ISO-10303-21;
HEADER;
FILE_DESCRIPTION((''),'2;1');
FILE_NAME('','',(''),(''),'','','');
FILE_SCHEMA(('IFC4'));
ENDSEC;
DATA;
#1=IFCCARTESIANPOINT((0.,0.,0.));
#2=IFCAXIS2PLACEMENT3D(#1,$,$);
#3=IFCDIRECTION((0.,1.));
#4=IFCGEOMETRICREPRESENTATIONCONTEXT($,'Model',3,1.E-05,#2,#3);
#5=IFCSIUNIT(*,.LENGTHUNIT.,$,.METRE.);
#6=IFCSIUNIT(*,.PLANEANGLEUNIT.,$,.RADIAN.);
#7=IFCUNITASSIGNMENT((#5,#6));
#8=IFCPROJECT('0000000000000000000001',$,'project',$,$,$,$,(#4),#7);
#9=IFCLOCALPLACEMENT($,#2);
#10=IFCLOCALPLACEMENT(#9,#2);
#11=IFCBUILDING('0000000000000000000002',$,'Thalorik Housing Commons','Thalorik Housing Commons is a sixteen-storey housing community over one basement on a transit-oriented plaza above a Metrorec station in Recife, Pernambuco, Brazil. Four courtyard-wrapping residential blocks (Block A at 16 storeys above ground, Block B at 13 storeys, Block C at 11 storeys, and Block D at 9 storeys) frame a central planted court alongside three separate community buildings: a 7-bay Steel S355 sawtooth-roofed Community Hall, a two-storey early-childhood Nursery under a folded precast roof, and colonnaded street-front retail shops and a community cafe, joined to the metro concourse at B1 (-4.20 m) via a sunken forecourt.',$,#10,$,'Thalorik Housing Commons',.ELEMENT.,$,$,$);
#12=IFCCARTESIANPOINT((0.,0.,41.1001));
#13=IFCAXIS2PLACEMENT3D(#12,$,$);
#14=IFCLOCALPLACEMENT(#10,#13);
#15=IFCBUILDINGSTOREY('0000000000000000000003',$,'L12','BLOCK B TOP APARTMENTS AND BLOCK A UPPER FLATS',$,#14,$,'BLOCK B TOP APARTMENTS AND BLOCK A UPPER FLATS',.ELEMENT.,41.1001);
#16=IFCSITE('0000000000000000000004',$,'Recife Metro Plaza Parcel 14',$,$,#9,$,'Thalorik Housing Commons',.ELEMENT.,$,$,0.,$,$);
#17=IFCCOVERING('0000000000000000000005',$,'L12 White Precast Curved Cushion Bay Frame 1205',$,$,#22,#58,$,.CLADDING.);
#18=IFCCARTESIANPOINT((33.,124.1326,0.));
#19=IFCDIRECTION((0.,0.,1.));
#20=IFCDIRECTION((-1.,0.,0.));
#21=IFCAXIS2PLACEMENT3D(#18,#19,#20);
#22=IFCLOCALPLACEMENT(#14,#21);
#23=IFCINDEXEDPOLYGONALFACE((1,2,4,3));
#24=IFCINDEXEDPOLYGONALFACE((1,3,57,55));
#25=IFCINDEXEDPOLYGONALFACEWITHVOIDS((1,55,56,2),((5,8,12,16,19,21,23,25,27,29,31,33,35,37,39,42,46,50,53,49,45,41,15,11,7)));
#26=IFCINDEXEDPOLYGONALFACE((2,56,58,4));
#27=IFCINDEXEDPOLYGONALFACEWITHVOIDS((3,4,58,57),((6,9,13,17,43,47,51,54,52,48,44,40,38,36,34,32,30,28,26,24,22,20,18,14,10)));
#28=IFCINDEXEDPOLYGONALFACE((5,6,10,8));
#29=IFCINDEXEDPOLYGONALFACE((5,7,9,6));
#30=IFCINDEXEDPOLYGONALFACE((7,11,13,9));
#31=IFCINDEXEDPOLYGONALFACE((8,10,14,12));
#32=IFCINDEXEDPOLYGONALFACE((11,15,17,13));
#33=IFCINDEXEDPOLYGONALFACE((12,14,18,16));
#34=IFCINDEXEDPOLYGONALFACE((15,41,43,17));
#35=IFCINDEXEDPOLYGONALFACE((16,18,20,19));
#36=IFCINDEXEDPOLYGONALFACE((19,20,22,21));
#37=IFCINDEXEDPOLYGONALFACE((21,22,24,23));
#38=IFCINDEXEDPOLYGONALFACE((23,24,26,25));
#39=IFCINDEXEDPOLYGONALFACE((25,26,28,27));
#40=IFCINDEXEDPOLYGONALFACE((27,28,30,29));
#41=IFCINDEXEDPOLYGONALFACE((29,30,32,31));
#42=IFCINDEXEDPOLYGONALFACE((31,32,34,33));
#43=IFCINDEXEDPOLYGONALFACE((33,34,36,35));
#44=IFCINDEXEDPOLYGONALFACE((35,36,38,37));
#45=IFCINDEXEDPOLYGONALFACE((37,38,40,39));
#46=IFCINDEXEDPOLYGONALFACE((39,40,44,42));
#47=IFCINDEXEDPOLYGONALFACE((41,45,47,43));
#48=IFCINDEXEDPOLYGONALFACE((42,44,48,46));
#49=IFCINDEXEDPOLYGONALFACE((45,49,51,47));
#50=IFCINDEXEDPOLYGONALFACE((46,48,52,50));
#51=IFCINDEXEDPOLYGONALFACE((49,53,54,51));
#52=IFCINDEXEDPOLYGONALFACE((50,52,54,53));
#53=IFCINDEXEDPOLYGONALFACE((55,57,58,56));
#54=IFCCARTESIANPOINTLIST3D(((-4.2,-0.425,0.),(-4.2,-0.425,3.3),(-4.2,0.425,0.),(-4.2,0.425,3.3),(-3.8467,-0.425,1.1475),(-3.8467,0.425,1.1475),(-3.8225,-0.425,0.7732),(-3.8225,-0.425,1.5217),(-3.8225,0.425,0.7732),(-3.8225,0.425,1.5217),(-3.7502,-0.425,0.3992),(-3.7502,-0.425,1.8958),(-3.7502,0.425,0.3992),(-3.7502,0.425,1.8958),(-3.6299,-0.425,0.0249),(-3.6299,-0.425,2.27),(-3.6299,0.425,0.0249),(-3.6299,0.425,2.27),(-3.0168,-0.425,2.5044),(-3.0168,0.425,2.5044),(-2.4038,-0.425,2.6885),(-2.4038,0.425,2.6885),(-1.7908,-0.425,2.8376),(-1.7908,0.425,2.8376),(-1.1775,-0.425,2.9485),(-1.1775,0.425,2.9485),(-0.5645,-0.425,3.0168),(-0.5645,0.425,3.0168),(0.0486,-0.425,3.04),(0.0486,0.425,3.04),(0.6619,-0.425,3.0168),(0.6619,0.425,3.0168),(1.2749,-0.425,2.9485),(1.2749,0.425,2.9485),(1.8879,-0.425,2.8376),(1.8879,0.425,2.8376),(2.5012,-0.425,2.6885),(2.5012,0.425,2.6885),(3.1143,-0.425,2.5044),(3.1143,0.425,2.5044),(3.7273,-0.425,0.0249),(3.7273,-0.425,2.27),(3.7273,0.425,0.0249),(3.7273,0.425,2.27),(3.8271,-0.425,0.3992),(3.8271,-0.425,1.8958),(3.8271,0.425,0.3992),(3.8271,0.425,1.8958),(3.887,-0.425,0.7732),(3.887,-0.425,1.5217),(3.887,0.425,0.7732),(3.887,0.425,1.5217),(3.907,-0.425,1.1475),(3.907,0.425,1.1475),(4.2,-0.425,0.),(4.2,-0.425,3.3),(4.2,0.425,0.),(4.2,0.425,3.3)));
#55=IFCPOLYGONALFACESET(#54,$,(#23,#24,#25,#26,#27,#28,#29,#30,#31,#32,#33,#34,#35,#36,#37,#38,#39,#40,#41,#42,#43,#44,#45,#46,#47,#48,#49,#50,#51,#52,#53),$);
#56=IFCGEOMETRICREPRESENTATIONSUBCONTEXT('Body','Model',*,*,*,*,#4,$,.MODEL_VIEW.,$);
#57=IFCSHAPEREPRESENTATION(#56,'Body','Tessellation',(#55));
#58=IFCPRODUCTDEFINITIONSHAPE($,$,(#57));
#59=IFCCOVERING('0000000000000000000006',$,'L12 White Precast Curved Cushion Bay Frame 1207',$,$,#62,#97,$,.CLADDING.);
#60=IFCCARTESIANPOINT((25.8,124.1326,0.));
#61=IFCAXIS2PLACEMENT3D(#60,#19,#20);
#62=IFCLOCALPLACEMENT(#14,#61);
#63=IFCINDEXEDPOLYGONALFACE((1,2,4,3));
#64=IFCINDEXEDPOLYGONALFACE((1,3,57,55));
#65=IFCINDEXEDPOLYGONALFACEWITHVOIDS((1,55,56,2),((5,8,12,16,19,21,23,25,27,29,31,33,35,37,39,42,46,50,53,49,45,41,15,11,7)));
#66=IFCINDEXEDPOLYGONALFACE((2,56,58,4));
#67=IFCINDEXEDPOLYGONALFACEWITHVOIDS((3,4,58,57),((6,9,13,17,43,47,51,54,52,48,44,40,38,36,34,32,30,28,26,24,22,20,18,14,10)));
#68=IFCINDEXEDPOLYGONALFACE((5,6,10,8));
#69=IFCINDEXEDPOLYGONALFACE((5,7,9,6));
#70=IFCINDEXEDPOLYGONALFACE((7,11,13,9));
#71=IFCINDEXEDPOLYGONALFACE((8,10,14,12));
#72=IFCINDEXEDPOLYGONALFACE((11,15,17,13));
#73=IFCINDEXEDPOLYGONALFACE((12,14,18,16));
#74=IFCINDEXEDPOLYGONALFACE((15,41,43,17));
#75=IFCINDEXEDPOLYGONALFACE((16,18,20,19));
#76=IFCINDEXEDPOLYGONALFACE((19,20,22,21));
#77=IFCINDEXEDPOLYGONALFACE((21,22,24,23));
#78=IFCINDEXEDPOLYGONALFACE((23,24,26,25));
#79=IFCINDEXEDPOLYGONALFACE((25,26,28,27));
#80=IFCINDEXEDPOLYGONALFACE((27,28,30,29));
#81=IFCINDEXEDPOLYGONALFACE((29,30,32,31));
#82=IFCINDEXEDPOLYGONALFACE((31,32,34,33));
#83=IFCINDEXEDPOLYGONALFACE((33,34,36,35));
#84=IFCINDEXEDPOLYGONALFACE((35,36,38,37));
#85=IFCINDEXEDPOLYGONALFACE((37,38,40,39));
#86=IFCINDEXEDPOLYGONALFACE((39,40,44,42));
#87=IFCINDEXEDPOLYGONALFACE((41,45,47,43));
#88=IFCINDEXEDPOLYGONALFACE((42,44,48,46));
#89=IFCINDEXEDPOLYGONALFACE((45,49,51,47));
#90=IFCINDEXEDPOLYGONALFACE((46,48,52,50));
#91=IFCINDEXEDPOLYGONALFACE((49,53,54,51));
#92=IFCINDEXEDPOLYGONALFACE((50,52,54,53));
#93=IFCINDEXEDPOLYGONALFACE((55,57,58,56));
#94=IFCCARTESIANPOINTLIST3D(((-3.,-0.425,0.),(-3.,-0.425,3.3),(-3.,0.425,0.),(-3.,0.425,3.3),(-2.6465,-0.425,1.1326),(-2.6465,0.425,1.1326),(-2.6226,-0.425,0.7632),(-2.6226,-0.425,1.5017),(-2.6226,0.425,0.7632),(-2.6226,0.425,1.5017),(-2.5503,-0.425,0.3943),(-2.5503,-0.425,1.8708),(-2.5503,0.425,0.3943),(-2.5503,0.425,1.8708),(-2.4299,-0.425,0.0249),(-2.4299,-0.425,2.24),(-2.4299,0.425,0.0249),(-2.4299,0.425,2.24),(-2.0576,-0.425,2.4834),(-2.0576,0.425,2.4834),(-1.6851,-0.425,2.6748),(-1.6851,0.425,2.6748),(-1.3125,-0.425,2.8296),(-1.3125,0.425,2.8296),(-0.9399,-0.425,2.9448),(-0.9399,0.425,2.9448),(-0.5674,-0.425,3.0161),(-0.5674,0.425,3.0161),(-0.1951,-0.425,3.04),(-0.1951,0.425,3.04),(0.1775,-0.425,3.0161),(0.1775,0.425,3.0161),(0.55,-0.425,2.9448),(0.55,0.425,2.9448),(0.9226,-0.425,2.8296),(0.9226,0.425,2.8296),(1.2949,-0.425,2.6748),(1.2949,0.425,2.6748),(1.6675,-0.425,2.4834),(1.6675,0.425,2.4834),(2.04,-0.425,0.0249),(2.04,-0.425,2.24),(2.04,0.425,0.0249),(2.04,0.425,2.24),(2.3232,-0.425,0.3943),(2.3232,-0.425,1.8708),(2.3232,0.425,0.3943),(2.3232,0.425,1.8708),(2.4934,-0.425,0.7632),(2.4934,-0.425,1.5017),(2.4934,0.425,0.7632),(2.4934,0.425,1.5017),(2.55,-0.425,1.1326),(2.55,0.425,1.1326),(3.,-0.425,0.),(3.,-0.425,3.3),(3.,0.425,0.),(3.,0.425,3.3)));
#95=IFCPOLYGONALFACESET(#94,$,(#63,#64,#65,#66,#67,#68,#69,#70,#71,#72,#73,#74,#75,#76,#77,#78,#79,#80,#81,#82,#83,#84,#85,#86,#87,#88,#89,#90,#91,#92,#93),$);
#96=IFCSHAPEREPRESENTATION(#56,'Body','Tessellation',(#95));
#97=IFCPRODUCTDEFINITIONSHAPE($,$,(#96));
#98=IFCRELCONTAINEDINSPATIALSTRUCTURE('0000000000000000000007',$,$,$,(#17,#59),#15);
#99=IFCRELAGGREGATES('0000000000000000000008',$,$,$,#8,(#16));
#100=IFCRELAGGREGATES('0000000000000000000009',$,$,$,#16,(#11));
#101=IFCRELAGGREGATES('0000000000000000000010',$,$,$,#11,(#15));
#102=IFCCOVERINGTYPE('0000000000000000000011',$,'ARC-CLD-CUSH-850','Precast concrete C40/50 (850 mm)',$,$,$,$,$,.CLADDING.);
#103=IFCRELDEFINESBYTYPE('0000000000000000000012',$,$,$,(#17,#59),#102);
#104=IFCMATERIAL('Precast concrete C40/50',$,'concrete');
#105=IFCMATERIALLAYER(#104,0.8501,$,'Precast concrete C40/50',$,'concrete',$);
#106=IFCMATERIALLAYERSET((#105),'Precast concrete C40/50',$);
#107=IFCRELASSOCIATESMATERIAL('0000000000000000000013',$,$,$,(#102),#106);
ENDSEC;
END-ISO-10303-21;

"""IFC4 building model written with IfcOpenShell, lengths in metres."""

from ifc_helpers import new_model, si_unit, direction, frame, origin, place, context, subcontext, project, spatial, polyline, outline, extrude, material, layer, layer_set, type_object, element, save


model = new_model("IFC4")

# Units and contexts
model_context = context("Model", 3, precision=1e-05, world=origin(), true_north=direction((0.0, 1.0)))
body_context = subcontext(model_context, "Body", "Model", "MODEL_VIEW")
ifc_project = project(units=[si_unit("LENGTHUNIT", "METRE"), si_unit("PLANEANGLEUNIT", "RADIAN")], contexts=[model_context])

# Site, building, storey
site_placement = place(None, origin())
site = spatial("IfcSite", under=ifc_project, at=site_placement, Name="Recife Metro Plaza Parcel 14", LongName="Thalorik Housing Commons", CompositionType="ELEMENT", RefElevation=0.0)
building_placement = place(site_placement, origin())
building = spatial("IfcBuilding", under=site, at=building_placement, Name="Thalorik Housing Commons", Description="Thalorik Housing Commons is a sixteen-storey housing community over one basement on a transit-oriented plaza above a Metrorec station in Recife, Pernambuco, Brazil. Four courtyard-wrapping residential blocks (Block A at 16 storeys above ground, Block B at 13 storeys, Block C at 11 storeys, and Block D at 9 storeys) frame a central planted court alongside three separate community buildings: a 7-bay Steel S355 sawtooth-roofed Community Hall, a two-storey early-childhood Nursery under a folded precast roof, and colonnaded street-front retail shops and a community cafe, joined to the metro concourse at B1 (-4.20 m) via a sunken forecourt.", LongName="Thalorik Housing Commons", CompositionType="ELEMENT")
storey_placement = place(building_placement, frame((0.0, 0.0, 41.1001)))
storey = spatial("IfcBuildingStorey", under=building, at=storey_placement, Name="L12", Description="BLOCK B TOP APARTMENTS AND BLOCK A UPPER FLATS", LongName="BLOCK B TOP APARTMENTS AND BLOCK A UPPER FLATS", CompositionType="ELEMENT", Elevation=41.1001)

# Shared definitions
ifc_material_1 = material(Name="Precast concrete C40/50", Category="concrete")

# Coverings
ifc_layer_1 = layer(ifc_material_1, 0.8501, Name="Precast concrete C40/50", Category="concrete")
ifc_layer_set_1 = layer_set([ifc_layer_1], Name="Precast concrete C40/50")
covering_type_1 = type_object("IfcCoveringType", Name="ARC-CLD-CUSH-850", Description="Precast concrete C40/50 (850 mm)", PredefinedType="CLADDING", material=ifc_layer_set_1)
covering_1_placement = place(storey_placement, frame((33.0, 124.1326, 0.0), z_axis=(0.0, 0.0, 1.0), x_axis=(-1.0, 0.0, 0.0)))
element("IfcCovering", 1, at=covering_1_placement, inside=storey, type_object=covering_type_1, Name="L12 White Precast Curved Cushion Bay Frame 1205", PredefinedType="CLADDING", context=body_context, shape_type="SweptSolid", body=[
    extrude(outline(polyline([(-4.2, 0.0), (4.2, 0.0), (4.2, 3.3), (-4.2, 3.3), (-4.2, 0.0)]), holes=[polyline([(3.7273, 0.0249), (3.8271, 0.3992), (3.887, 0.7732), (3.907, 1.1475), (3.887, 1.5217), (3.8271, 1.8958), (3.7273, 2.27), (3.1143, 2.5044), (2.5012, 2.6885), (1.8879, 2.8376), (1.2749, 2.9485), (0.6619, 3.0168), (0.0486, 3.04), (-0.5645, 3.0168), (-1.1775, 2.9485), (-1.7908, 2.8376), (-2.4038, 2.6885), (-3.0168, 2.5044), (-3.6299, 2.27), (-3.7502, 1.8958), (-3.8225, 1.5217), (-3.8467, 1.1475), (-3.8225, 0.7732), (-3.7502, 0.3992), (-3.6299, 0.0249), (3.7273, 0.0249)])]), frame((0.0, 0.425, 0.0), z_axis=(0.0, -1.0, 0.0), x_axis=(1.0, 0.0, 0.0)), (0.0, 0.0, 1.0), 0.8501),
])
covering_2_placement = place(storey_placement, frame((25.8, 124.1326, 0.0), z_axis=(0.0, 0.0, 1.0), x_axis=(-1.0, 0.0, 0.0)))
element("IfcCovering", 2, at=covering_2_placement, inside=storey, type_object=covering_type_1, Name="L12 White Precast Curved Cushion Bay Frame 1207", PredefinedType="CLADDING", context=body_context, shape_type="SweptSolid", body=[
    extrude(outline(polyline([(-3.0, 0.0), (3.0, 0.0), (3.0, 3.3), (-3.0, 3.3), (-3.0, 0.0)]), holes=[polyline([(2.04, 0.0249), (2.3232, 0.3943), (2.4934, 0.7632), (2.55, 1.1326), (2.4934, 1.5017), (2.3232, 1.8708), (2.04, 2.24), (1.6675, 2.4834), (1.2949, 2.6748), (0.9226, 2.8296), (0.55, 2.9448), (0.1775, 3.0161), (-0.1951, 3.04), (-0.5674, 3.0161), (-0.9399, 2.9448), (-1.3125, 2.8296), (-1.6851, 2.6748), (-2.0576, 2.4834), (-2.4299, 2.24), (-2.5503, 1.8708), (-2.6226, 1.5017), (-2.6465, 1.1326), (-2.6226, 0.7632), (-2.5503, 0.3943), (-2.4299, 0.0249), (2.04, 0.0249)])]), frame((0.0, 0.425, 0.0), z_axis=(0.0, -1.0, 0.0), x_axis=(1.0, 0.0, 0.0)), (0.0, 0.0, 1.0), 0.8501),
])

save(model, "model.ifc")
